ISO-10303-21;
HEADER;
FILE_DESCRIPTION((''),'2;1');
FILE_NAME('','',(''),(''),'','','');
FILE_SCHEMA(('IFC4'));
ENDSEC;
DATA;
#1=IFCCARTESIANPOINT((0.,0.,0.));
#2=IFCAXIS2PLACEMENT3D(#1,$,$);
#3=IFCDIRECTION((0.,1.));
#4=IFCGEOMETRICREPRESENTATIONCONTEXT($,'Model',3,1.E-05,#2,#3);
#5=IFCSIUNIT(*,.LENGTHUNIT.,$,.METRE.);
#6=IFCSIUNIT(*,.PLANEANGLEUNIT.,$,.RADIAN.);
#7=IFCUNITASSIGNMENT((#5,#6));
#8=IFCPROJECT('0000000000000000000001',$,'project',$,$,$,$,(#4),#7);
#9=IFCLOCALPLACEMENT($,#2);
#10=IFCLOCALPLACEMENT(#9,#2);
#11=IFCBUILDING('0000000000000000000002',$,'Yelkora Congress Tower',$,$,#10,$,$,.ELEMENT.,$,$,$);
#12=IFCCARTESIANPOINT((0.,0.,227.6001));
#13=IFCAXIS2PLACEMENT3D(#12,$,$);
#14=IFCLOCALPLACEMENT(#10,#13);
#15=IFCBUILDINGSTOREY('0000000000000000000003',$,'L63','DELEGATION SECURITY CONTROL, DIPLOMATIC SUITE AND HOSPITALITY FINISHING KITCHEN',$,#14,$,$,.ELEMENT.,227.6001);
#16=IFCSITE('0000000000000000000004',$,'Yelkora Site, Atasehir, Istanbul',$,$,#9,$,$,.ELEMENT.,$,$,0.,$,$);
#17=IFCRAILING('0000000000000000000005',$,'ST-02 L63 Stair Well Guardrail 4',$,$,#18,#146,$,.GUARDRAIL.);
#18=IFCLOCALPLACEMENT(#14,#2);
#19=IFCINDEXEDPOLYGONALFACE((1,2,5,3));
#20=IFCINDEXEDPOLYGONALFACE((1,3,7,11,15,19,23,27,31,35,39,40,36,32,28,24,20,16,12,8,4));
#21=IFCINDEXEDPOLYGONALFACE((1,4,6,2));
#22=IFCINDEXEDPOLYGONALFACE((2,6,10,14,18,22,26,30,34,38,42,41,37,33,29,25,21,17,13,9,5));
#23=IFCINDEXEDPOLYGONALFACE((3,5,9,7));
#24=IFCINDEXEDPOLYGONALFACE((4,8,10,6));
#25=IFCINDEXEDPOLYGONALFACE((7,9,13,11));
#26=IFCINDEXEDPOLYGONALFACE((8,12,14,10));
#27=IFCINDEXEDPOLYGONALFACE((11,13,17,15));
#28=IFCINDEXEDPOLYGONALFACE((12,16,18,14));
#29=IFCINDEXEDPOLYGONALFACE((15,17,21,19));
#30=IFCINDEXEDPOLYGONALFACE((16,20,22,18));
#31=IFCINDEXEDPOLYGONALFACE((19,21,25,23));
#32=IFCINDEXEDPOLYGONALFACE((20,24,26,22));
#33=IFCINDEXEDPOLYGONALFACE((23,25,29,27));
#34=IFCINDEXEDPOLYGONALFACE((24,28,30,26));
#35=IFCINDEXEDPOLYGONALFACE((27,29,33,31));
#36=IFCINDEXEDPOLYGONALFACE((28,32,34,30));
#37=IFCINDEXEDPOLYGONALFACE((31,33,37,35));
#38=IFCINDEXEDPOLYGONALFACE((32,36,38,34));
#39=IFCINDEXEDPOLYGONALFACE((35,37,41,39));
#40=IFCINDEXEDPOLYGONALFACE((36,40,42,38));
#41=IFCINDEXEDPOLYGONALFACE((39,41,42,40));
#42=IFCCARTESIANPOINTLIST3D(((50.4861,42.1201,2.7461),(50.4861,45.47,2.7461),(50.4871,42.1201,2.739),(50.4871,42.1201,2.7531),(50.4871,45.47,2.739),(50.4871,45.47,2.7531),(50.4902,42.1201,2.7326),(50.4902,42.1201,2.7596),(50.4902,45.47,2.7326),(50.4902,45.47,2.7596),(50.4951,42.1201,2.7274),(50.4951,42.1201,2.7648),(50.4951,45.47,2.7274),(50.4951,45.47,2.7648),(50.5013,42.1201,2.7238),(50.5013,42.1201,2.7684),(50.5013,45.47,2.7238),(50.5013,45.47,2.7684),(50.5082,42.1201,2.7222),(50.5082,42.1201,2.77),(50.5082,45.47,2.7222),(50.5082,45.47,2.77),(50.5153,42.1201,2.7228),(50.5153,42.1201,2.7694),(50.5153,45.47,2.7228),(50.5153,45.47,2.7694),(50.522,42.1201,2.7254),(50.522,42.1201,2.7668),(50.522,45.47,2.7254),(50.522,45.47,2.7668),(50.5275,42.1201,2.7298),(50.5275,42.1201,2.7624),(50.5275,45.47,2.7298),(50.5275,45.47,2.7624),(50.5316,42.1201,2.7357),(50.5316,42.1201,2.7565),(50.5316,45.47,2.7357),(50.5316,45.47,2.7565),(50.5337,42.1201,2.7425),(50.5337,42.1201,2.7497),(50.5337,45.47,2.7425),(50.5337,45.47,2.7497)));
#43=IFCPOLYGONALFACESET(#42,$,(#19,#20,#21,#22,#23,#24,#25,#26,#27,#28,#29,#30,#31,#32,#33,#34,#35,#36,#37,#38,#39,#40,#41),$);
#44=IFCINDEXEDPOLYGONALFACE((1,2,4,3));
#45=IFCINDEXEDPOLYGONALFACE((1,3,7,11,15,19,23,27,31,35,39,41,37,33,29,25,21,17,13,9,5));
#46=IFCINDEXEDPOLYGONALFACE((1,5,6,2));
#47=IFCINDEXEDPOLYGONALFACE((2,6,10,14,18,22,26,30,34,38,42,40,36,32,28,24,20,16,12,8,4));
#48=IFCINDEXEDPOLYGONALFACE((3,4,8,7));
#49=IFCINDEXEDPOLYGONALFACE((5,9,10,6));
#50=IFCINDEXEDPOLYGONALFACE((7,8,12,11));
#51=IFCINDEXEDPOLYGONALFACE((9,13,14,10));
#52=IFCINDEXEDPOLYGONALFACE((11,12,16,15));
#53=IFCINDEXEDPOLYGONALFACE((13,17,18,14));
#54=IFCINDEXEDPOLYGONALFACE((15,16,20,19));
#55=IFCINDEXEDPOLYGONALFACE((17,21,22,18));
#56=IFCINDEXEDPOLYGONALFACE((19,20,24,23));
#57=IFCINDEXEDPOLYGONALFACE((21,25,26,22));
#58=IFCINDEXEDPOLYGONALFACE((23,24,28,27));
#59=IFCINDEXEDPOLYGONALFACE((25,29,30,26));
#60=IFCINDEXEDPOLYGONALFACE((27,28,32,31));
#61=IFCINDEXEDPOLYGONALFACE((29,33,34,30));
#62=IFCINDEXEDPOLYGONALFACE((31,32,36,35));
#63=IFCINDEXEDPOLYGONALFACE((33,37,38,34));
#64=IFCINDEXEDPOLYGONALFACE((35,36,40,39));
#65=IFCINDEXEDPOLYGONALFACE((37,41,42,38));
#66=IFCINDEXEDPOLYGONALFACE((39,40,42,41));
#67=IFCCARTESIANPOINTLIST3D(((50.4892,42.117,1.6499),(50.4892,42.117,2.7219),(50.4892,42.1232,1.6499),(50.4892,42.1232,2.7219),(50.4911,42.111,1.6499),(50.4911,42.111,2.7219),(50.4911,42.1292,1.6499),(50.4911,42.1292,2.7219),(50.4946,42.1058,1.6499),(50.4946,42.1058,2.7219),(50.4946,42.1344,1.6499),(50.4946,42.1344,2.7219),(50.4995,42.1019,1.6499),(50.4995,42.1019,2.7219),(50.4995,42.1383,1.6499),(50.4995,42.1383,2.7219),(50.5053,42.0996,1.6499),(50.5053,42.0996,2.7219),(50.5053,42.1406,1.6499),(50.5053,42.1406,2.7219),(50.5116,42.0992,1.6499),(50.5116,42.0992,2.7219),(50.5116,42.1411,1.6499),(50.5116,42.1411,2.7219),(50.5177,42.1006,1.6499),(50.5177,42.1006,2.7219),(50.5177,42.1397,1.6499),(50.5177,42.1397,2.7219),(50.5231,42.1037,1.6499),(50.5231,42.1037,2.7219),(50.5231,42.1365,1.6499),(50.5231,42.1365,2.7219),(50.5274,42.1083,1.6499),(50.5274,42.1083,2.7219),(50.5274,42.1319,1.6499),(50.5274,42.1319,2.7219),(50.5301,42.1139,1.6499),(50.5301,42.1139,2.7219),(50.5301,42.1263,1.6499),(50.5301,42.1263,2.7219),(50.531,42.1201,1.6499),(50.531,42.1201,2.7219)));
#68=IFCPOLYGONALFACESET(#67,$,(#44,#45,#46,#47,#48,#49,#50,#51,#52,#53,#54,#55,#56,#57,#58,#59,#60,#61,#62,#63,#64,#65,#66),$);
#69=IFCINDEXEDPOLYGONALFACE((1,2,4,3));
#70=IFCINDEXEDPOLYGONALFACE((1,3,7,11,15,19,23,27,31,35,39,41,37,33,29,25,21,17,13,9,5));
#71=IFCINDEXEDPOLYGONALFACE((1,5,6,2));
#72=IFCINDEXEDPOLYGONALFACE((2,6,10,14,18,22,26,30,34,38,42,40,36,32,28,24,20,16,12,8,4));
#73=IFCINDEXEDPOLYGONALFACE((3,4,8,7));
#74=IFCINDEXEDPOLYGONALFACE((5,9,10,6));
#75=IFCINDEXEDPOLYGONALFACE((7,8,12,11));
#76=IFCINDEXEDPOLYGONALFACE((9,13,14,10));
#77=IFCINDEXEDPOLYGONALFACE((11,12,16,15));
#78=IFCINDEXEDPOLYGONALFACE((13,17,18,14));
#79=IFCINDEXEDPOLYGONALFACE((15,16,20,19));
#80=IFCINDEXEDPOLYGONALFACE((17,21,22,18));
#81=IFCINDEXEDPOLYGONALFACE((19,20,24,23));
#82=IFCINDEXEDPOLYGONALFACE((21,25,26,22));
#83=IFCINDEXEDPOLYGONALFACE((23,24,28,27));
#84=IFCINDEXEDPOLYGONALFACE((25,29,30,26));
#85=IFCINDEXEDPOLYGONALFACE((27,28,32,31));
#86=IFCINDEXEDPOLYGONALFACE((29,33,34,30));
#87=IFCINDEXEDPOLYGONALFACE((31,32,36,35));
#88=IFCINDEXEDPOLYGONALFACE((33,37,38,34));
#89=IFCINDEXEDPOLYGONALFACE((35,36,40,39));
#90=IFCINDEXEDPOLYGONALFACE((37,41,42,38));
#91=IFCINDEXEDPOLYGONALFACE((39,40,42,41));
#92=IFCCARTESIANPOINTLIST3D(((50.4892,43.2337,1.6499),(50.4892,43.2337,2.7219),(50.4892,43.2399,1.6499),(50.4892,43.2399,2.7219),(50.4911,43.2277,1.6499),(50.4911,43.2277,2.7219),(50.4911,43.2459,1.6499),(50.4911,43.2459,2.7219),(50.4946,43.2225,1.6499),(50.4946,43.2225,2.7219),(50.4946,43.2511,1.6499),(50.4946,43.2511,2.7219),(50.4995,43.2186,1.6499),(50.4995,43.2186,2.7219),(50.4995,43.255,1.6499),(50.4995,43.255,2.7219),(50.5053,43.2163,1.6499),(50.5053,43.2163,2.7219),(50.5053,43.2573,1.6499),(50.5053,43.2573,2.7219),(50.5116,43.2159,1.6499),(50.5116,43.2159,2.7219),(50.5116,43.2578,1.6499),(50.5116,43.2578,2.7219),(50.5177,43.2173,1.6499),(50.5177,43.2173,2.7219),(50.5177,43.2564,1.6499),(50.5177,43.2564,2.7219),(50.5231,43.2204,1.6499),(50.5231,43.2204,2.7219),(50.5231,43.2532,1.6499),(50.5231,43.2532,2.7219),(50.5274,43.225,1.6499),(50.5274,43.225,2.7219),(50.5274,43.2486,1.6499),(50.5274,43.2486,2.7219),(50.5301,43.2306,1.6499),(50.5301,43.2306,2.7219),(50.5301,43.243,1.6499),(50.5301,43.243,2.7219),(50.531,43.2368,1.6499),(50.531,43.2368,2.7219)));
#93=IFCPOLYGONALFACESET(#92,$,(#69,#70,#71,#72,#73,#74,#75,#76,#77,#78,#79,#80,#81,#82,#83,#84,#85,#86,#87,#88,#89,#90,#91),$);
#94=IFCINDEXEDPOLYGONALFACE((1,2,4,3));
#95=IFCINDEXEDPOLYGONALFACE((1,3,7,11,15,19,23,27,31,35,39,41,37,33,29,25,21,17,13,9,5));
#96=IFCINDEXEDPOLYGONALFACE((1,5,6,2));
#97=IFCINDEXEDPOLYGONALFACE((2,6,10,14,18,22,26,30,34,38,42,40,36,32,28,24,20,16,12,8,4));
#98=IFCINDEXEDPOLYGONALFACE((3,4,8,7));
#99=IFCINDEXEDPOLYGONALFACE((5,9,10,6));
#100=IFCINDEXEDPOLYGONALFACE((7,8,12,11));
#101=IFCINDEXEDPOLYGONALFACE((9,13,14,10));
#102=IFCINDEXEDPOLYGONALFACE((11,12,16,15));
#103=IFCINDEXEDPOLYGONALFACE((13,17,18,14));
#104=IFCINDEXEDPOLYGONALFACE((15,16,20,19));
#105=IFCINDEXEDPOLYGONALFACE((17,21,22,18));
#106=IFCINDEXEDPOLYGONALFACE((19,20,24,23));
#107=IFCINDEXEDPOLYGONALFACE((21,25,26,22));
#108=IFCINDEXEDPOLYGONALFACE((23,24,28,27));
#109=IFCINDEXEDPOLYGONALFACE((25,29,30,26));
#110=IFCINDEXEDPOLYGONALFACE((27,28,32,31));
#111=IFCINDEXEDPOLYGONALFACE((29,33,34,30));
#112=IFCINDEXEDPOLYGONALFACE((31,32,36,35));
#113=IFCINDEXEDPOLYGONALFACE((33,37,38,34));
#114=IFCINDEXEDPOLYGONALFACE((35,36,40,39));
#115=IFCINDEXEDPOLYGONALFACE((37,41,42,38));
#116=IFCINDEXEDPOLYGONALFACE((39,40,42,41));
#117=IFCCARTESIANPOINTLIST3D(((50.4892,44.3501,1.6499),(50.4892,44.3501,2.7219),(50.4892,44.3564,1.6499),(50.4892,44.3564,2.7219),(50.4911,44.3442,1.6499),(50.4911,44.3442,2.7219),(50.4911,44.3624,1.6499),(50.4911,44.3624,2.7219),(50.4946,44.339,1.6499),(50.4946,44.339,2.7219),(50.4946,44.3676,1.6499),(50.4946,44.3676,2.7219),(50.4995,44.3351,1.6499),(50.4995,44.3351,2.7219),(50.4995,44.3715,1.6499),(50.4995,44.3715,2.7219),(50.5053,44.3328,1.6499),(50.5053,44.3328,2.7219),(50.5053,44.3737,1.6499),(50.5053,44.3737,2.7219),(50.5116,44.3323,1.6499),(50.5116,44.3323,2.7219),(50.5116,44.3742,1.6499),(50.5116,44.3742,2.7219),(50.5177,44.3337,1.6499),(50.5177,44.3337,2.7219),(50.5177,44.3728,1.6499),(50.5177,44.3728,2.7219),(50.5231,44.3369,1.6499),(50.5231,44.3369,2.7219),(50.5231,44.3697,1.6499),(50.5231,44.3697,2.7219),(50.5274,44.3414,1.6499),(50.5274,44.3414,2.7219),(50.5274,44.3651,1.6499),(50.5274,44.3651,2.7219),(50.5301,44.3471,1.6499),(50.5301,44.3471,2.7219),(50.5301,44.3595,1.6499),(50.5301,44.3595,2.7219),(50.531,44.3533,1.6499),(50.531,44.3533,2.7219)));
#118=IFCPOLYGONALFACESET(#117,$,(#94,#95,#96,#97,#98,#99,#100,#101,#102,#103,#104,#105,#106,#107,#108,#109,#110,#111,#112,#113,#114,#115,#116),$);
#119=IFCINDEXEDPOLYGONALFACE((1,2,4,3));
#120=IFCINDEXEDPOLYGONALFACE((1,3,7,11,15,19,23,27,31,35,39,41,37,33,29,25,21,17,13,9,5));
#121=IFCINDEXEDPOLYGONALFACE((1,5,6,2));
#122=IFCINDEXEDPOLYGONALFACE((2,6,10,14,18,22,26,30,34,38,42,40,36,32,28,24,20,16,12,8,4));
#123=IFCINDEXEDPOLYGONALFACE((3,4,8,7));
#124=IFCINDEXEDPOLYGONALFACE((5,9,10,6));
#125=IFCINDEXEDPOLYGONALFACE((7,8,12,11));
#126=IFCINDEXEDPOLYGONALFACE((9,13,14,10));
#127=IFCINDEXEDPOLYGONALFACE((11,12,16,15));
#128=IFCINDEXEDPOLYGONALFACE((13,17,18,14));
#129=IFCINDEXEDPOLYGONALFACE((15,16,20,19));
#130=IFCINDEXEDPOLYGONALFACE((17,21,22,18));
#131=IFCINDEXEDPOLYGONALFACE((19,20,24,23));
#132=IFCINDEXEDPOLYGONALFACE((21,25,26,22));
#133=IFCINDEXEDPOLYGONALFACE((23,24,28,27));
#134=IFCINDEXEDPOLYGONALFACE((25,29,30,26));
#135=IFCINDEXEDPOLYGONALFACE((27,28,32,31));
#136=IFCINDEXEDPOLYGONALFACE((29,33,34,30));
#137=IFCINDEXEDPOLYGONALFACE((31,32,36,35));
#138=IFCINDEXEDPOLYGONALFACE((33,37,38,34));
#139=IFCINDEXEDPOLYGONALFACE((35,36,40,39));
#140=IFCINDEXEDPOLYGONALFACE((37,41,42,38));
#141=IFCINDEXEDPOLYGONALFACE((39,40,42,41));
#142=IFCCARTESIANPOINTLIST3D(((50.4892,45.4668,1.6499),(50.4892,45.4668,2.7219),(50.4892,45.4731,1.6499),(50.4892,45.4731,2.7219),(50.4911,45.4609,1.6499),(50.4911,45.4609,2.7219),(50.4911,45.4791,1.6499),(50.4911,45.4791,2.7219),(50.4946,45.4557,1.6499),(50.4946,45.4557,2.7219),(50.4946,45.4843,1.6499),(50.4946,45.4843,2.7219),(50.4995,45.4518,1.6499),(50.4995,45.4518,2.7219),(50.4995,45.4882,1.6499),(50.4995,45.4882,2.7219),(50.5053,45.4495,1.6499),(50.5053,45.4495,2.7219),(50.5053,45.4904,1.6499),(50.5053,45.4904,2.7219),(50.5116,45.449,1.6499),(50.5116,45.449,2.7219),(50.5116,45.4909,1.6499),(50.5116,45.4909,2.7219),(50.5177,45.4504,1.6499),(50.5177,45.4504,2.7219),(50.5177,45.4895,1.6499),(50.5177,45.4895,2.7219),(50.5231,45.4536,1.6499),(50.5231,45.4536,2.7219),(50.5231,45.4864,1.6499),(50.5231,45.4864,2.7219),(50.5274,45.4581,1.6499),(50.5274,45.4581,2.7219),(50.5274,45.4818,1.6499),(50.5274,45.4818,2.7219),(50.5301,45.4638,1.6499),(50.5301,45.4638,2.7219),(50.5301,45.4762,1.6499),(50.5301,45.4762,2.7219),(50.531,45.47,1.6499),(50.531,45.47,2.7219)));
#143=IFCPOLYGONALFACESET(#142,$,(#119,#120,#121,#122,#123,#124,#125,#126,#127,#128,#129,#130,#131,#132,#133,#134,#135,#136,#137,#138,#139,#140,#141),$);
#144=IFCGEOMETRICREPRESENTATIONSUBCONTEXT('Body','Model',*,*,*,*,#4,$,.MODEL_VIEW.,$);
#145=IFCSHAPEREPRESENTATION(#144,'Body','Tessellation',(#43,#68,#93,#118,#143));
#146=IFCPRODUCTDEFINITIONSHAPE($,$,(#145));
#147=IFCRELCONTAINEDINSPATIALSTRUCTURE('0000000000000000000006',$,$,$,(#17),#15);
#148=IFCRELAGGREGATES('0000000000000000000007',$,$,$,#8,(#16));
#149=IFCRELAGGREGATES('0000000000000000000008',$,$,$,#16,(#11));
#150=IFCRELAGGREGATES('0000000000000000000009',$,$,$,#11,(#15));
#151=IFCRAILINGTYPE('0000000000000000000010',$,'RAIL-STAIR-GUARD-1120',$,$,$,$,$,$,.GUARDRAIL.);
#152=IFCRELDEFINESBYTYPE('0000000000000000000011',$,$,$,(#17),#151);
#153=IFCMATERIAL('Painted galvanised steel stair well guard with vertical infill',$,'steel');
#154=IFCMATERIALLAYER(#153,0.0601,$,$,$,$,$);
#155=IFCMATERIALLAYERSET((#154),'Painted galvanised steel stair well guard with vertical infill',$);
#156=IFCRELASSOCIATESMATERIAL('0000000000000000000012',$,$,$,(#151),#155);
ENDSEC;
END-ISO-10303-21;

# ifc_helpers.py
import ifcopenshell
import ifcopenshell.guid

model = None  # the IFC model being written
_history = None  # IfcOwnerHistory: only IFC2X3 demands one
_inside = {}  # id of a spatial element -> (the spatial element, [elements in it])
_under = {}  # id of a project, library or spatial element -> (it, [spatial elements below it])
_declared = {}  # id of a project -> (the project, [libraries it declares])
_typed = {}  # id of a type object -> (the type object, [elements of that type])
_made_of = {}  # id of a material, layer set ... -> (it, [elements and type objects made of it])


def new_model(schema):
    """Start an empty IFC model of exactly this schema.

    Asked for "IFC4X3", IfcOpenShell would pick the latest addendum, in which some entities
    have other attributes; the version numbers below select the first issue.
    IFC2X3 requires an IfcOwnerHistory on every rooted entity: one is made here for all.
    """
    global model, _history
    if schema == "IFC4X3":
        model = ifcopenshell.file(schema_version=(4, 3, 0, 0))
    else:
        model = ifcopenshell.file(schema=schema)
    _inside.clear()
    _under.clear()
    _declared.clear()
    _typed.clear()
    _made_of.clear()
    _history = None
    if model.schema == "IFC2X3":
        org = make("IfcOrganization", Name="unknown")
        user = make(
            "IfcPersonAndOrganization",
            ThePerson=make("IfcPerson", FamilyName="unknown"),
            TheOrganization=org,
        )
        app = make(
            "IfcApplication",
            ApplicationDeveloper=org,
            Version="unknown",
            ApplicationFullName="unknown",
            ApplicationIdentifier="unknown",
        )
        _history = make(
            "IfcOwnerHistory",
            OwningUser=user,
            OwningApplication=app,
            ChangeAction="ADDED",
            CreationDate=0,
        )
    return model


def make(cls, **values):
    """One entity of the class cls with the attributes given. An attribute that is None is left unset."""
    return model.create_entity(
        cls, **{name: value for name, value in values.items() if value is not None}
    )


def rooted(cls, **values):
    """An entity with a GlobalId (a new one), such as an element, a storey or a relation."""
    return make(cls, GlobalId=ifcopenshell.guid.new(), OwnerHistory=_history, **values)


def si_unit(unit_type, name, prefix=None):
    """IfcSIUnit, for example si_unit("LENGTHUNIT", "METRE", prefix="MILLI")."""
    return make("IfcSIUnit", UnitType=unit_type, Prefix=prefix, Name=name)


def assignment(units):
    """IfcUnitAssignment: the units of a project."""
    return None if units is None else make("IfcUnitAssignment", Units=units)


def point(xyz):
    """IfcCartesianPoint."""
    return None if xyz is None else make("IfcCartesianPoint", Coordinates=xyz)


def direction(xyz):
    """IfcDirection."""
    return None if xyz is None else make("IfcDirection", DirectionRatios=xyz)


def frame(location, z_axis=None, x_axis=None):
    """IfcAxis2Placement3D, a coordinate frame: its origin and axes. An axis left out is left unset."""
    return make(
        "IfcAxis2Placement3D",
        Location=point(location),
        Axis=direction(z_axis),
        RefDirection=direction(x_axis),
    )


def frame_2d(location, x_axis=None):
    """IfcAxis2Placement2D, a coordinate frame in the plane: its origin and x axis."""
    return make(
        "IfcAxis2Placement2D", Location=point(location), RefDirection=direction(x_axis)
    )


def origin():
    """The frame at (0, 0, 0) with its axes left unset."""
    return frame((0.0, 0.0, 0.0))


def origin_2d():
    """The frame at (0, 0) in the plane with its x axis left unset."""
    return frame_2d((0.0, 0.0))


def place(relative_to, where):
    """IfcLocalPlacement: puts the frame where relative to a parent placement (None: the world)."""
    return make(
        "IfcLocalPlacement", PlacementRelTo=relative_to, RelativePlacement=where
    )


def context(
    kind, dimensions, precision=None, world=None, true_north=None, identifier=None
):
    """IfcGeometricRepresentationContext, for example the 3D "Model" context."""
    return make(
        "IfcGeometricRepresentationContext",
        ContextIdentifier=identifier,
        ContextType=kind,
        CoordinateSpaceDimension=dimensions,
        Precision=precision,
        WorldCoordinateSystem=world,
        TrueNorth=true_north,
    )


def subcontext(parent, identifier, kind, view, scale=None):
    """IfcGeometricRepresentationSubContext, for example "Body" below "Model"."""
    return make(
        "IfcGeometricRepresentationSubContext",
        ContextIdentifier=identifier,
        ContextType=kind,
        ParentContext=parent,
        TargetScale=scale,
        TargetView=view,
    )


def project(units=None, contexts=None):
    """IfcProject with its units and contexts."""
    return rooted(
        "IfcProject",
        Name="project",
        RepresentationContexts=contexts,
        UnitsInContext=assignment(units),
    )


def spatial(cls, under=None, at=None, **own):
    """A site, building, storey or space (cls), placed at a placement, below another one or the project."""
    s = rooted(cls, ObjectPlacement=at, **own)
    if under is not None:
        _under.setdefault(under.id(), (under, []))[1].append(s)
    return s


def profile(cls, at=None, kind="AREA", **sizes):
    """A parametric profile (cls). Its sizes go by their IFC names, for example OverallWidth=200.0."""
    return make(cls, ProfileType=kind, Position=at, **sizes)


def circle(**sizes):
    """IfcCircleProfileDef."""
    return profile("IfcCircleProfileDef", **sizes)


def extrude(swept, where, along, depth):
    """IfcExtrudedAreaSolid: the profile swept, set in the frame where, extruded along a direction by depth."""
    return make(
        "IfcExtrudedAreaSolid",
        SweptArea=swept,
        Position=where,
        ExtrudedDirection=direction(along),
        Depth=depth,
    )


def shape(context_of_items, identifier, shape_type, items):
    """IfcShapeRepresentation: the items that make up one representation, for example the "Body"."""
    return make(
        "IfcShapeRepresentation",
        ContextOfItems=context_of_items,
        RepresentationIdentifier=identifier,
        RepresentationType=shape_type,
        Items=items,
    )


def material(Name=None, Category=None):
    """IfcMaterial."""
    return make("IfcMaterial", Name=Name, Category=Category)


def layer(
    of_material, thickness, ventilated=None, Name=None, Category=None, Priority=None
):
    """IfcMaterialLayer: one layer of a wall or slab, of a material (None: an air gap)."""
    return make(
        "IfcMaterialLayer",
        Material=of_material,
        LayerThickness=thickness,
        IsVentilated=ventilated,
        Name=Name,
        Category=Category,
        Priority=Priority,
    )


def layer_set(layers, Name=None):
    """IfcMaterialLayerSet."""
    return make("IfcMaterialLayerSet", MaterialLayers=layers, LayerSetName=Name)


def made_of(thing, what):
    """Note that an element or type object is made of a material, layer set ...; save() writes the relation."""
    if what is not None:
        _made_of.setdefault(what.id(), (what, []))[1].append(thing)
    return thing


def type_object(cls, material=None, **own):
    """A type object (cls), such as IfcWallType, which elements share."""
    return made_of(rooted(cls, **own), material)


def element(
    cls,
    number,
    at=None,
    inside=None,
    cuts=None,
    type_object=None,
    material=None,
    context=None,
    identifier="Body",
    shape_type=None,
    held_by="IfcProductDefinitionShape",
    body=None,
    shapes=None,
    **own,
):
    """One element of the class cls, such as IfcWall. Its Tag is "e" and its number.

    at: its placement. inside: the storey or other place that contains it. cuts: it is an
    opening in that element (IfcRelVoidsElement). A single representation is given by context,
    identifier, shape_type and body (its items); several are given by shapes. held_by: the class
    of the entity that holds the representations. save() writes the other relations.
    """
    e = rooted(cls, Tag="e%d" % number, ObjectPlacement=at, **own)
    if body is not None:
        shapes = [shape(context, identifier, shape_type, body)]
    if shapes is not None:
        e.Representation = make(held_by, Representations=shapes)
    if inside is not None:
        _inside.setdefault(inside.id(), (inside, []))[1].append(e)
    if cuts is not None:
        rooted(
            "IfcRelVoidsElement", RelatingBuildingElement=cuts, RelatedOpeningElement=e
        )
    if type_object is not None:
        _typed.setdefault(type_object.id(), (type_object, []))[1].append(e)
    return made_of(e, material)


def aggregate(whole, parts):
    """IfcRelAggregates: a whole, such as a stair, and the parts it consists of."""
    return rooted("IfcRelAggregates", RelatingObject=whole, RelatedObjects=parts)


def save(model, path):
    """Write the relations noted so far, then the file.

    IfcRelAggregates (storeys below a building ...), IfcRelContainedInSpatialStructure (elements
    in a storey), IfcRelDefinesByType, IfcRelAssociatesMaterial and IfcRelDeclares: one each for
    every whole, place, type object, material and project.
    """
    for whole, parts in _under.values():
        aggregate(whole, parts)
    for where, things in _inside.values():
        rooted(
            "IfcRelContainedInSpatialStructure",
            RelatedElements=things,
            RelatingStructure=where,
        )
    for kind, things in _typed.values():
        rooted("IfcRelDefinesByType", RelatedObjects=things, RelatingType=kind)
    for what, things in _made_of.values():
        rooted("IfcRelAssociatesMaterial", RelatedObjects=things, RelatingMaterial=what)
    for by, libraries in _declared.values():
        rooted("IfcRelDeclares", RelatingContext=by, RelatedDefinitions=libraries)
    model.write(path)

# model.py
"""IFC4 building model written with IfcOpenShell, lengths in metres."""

from ifc_helpers import new_model, si_unit, direction, frame, origin, origin_2d, place, context, subcontext, project, spatial, circle, extrude, material, layer, layer_set, type_object, element, save


model = new_model("IFC4")

# Units and contexts
model_context = context("Model", 3, precision=1e-05, world=origin(), true_north=direction((0.0, 1.0)))
body_context = subcontext(model_context, "Body", "Model", "MODEL_VIEW")
ifc_project = project(units=[si_unit("LENGTHUNIT", "METRE"), si_unit("PLANEANGLEUNIT", "RADIAN")], contexts=[model_context])

# Site, building, storey
site_placement = place(None, origin())
site = spatial("IfcSite", under=ifc_project, at=site_placement, Name="Yelkora Site, Atasehir, Istanbul", CompositionType="ELEMENT", RefElevation=0.0)
building_placement = place(site_placement, origin())
building = spatial("IfcBuilding", under=site, at=building_placement, Name="Yelkora Congress Tower", CompositionType="ELEMENT")
storey_placement = place(building_placement, frame((0.0, 0.0, 227.6001)))
storey = spatial("IfcBuildingStorey", under=building, at=storey_placement, Name="L63", Description="DELEGATION SECURITY CONTROL, DIPLOMATIC SUITE AND HOSPITALITY FINISHING KITCHEN", CompositionType="ELEMENT", Elevation=227.6001)

# Railing
ifc_material_1 = material(Name="Painted galvanised steel stair well guard with vertical infill", Category="steel")
ifc_layer_1 = layer(ifc_material_1, 0.0601)
ifc_layer_set_1 = layer_set([ifc_layer_1], Name="Painted galvanised steel stair well guard with vertical infill")
railing_type_1 = type_object("IfcRailingType", Name="RAIL-STAIR-GUARD-1120", PredefinedType="GUARDRAIL", material=ifc_layer_set_1)
railing_1_placement = place(storey_placement, frame((50.51, 42.1201, 1.6499)))
element("IfcRailing", 1, at=railing_1_placement, inside=storey, type_object=railing_type_1, Name="ST-02 L63 Stair Well Guardrail 4", PredefinedType="GUARDRAIL", context=body_context, shape_type="SweptSolid", body=[
    extrude(circle(Radius=0.0239, at=origin_2d()), frame((0.0, 0.0, 1.0962), z_axis=(0.0, 1.0, 0.0), x_axis=(-1.0, 0.0, 0.0)), (0.0, 0.0, 1.0), 3.3499),
    extrude(circle(Radius=0.021, at=origin_2d()), origin(), (0.0, 0.0, 1.0), 1.072),
    extrude(circle(Radius=0.021, at=origin_2d()), frame((0.0, 1.1167, 0.0)), (0.0, 0.0, 1.0), 1.072),
    extrude(circle(Radius=0.021, at=origin_2d()), frame((0.0, 2.2332, 0.0)), (0.0, 0.0, 1.0), 1.072),
    extrude(circle(Radius=0.021, at=origin_2d()), frame((0.0, 3.3499, 0.0)), (0.0, 0.0, 1.0), 1.072),
])

save(model, "model.ifc")
